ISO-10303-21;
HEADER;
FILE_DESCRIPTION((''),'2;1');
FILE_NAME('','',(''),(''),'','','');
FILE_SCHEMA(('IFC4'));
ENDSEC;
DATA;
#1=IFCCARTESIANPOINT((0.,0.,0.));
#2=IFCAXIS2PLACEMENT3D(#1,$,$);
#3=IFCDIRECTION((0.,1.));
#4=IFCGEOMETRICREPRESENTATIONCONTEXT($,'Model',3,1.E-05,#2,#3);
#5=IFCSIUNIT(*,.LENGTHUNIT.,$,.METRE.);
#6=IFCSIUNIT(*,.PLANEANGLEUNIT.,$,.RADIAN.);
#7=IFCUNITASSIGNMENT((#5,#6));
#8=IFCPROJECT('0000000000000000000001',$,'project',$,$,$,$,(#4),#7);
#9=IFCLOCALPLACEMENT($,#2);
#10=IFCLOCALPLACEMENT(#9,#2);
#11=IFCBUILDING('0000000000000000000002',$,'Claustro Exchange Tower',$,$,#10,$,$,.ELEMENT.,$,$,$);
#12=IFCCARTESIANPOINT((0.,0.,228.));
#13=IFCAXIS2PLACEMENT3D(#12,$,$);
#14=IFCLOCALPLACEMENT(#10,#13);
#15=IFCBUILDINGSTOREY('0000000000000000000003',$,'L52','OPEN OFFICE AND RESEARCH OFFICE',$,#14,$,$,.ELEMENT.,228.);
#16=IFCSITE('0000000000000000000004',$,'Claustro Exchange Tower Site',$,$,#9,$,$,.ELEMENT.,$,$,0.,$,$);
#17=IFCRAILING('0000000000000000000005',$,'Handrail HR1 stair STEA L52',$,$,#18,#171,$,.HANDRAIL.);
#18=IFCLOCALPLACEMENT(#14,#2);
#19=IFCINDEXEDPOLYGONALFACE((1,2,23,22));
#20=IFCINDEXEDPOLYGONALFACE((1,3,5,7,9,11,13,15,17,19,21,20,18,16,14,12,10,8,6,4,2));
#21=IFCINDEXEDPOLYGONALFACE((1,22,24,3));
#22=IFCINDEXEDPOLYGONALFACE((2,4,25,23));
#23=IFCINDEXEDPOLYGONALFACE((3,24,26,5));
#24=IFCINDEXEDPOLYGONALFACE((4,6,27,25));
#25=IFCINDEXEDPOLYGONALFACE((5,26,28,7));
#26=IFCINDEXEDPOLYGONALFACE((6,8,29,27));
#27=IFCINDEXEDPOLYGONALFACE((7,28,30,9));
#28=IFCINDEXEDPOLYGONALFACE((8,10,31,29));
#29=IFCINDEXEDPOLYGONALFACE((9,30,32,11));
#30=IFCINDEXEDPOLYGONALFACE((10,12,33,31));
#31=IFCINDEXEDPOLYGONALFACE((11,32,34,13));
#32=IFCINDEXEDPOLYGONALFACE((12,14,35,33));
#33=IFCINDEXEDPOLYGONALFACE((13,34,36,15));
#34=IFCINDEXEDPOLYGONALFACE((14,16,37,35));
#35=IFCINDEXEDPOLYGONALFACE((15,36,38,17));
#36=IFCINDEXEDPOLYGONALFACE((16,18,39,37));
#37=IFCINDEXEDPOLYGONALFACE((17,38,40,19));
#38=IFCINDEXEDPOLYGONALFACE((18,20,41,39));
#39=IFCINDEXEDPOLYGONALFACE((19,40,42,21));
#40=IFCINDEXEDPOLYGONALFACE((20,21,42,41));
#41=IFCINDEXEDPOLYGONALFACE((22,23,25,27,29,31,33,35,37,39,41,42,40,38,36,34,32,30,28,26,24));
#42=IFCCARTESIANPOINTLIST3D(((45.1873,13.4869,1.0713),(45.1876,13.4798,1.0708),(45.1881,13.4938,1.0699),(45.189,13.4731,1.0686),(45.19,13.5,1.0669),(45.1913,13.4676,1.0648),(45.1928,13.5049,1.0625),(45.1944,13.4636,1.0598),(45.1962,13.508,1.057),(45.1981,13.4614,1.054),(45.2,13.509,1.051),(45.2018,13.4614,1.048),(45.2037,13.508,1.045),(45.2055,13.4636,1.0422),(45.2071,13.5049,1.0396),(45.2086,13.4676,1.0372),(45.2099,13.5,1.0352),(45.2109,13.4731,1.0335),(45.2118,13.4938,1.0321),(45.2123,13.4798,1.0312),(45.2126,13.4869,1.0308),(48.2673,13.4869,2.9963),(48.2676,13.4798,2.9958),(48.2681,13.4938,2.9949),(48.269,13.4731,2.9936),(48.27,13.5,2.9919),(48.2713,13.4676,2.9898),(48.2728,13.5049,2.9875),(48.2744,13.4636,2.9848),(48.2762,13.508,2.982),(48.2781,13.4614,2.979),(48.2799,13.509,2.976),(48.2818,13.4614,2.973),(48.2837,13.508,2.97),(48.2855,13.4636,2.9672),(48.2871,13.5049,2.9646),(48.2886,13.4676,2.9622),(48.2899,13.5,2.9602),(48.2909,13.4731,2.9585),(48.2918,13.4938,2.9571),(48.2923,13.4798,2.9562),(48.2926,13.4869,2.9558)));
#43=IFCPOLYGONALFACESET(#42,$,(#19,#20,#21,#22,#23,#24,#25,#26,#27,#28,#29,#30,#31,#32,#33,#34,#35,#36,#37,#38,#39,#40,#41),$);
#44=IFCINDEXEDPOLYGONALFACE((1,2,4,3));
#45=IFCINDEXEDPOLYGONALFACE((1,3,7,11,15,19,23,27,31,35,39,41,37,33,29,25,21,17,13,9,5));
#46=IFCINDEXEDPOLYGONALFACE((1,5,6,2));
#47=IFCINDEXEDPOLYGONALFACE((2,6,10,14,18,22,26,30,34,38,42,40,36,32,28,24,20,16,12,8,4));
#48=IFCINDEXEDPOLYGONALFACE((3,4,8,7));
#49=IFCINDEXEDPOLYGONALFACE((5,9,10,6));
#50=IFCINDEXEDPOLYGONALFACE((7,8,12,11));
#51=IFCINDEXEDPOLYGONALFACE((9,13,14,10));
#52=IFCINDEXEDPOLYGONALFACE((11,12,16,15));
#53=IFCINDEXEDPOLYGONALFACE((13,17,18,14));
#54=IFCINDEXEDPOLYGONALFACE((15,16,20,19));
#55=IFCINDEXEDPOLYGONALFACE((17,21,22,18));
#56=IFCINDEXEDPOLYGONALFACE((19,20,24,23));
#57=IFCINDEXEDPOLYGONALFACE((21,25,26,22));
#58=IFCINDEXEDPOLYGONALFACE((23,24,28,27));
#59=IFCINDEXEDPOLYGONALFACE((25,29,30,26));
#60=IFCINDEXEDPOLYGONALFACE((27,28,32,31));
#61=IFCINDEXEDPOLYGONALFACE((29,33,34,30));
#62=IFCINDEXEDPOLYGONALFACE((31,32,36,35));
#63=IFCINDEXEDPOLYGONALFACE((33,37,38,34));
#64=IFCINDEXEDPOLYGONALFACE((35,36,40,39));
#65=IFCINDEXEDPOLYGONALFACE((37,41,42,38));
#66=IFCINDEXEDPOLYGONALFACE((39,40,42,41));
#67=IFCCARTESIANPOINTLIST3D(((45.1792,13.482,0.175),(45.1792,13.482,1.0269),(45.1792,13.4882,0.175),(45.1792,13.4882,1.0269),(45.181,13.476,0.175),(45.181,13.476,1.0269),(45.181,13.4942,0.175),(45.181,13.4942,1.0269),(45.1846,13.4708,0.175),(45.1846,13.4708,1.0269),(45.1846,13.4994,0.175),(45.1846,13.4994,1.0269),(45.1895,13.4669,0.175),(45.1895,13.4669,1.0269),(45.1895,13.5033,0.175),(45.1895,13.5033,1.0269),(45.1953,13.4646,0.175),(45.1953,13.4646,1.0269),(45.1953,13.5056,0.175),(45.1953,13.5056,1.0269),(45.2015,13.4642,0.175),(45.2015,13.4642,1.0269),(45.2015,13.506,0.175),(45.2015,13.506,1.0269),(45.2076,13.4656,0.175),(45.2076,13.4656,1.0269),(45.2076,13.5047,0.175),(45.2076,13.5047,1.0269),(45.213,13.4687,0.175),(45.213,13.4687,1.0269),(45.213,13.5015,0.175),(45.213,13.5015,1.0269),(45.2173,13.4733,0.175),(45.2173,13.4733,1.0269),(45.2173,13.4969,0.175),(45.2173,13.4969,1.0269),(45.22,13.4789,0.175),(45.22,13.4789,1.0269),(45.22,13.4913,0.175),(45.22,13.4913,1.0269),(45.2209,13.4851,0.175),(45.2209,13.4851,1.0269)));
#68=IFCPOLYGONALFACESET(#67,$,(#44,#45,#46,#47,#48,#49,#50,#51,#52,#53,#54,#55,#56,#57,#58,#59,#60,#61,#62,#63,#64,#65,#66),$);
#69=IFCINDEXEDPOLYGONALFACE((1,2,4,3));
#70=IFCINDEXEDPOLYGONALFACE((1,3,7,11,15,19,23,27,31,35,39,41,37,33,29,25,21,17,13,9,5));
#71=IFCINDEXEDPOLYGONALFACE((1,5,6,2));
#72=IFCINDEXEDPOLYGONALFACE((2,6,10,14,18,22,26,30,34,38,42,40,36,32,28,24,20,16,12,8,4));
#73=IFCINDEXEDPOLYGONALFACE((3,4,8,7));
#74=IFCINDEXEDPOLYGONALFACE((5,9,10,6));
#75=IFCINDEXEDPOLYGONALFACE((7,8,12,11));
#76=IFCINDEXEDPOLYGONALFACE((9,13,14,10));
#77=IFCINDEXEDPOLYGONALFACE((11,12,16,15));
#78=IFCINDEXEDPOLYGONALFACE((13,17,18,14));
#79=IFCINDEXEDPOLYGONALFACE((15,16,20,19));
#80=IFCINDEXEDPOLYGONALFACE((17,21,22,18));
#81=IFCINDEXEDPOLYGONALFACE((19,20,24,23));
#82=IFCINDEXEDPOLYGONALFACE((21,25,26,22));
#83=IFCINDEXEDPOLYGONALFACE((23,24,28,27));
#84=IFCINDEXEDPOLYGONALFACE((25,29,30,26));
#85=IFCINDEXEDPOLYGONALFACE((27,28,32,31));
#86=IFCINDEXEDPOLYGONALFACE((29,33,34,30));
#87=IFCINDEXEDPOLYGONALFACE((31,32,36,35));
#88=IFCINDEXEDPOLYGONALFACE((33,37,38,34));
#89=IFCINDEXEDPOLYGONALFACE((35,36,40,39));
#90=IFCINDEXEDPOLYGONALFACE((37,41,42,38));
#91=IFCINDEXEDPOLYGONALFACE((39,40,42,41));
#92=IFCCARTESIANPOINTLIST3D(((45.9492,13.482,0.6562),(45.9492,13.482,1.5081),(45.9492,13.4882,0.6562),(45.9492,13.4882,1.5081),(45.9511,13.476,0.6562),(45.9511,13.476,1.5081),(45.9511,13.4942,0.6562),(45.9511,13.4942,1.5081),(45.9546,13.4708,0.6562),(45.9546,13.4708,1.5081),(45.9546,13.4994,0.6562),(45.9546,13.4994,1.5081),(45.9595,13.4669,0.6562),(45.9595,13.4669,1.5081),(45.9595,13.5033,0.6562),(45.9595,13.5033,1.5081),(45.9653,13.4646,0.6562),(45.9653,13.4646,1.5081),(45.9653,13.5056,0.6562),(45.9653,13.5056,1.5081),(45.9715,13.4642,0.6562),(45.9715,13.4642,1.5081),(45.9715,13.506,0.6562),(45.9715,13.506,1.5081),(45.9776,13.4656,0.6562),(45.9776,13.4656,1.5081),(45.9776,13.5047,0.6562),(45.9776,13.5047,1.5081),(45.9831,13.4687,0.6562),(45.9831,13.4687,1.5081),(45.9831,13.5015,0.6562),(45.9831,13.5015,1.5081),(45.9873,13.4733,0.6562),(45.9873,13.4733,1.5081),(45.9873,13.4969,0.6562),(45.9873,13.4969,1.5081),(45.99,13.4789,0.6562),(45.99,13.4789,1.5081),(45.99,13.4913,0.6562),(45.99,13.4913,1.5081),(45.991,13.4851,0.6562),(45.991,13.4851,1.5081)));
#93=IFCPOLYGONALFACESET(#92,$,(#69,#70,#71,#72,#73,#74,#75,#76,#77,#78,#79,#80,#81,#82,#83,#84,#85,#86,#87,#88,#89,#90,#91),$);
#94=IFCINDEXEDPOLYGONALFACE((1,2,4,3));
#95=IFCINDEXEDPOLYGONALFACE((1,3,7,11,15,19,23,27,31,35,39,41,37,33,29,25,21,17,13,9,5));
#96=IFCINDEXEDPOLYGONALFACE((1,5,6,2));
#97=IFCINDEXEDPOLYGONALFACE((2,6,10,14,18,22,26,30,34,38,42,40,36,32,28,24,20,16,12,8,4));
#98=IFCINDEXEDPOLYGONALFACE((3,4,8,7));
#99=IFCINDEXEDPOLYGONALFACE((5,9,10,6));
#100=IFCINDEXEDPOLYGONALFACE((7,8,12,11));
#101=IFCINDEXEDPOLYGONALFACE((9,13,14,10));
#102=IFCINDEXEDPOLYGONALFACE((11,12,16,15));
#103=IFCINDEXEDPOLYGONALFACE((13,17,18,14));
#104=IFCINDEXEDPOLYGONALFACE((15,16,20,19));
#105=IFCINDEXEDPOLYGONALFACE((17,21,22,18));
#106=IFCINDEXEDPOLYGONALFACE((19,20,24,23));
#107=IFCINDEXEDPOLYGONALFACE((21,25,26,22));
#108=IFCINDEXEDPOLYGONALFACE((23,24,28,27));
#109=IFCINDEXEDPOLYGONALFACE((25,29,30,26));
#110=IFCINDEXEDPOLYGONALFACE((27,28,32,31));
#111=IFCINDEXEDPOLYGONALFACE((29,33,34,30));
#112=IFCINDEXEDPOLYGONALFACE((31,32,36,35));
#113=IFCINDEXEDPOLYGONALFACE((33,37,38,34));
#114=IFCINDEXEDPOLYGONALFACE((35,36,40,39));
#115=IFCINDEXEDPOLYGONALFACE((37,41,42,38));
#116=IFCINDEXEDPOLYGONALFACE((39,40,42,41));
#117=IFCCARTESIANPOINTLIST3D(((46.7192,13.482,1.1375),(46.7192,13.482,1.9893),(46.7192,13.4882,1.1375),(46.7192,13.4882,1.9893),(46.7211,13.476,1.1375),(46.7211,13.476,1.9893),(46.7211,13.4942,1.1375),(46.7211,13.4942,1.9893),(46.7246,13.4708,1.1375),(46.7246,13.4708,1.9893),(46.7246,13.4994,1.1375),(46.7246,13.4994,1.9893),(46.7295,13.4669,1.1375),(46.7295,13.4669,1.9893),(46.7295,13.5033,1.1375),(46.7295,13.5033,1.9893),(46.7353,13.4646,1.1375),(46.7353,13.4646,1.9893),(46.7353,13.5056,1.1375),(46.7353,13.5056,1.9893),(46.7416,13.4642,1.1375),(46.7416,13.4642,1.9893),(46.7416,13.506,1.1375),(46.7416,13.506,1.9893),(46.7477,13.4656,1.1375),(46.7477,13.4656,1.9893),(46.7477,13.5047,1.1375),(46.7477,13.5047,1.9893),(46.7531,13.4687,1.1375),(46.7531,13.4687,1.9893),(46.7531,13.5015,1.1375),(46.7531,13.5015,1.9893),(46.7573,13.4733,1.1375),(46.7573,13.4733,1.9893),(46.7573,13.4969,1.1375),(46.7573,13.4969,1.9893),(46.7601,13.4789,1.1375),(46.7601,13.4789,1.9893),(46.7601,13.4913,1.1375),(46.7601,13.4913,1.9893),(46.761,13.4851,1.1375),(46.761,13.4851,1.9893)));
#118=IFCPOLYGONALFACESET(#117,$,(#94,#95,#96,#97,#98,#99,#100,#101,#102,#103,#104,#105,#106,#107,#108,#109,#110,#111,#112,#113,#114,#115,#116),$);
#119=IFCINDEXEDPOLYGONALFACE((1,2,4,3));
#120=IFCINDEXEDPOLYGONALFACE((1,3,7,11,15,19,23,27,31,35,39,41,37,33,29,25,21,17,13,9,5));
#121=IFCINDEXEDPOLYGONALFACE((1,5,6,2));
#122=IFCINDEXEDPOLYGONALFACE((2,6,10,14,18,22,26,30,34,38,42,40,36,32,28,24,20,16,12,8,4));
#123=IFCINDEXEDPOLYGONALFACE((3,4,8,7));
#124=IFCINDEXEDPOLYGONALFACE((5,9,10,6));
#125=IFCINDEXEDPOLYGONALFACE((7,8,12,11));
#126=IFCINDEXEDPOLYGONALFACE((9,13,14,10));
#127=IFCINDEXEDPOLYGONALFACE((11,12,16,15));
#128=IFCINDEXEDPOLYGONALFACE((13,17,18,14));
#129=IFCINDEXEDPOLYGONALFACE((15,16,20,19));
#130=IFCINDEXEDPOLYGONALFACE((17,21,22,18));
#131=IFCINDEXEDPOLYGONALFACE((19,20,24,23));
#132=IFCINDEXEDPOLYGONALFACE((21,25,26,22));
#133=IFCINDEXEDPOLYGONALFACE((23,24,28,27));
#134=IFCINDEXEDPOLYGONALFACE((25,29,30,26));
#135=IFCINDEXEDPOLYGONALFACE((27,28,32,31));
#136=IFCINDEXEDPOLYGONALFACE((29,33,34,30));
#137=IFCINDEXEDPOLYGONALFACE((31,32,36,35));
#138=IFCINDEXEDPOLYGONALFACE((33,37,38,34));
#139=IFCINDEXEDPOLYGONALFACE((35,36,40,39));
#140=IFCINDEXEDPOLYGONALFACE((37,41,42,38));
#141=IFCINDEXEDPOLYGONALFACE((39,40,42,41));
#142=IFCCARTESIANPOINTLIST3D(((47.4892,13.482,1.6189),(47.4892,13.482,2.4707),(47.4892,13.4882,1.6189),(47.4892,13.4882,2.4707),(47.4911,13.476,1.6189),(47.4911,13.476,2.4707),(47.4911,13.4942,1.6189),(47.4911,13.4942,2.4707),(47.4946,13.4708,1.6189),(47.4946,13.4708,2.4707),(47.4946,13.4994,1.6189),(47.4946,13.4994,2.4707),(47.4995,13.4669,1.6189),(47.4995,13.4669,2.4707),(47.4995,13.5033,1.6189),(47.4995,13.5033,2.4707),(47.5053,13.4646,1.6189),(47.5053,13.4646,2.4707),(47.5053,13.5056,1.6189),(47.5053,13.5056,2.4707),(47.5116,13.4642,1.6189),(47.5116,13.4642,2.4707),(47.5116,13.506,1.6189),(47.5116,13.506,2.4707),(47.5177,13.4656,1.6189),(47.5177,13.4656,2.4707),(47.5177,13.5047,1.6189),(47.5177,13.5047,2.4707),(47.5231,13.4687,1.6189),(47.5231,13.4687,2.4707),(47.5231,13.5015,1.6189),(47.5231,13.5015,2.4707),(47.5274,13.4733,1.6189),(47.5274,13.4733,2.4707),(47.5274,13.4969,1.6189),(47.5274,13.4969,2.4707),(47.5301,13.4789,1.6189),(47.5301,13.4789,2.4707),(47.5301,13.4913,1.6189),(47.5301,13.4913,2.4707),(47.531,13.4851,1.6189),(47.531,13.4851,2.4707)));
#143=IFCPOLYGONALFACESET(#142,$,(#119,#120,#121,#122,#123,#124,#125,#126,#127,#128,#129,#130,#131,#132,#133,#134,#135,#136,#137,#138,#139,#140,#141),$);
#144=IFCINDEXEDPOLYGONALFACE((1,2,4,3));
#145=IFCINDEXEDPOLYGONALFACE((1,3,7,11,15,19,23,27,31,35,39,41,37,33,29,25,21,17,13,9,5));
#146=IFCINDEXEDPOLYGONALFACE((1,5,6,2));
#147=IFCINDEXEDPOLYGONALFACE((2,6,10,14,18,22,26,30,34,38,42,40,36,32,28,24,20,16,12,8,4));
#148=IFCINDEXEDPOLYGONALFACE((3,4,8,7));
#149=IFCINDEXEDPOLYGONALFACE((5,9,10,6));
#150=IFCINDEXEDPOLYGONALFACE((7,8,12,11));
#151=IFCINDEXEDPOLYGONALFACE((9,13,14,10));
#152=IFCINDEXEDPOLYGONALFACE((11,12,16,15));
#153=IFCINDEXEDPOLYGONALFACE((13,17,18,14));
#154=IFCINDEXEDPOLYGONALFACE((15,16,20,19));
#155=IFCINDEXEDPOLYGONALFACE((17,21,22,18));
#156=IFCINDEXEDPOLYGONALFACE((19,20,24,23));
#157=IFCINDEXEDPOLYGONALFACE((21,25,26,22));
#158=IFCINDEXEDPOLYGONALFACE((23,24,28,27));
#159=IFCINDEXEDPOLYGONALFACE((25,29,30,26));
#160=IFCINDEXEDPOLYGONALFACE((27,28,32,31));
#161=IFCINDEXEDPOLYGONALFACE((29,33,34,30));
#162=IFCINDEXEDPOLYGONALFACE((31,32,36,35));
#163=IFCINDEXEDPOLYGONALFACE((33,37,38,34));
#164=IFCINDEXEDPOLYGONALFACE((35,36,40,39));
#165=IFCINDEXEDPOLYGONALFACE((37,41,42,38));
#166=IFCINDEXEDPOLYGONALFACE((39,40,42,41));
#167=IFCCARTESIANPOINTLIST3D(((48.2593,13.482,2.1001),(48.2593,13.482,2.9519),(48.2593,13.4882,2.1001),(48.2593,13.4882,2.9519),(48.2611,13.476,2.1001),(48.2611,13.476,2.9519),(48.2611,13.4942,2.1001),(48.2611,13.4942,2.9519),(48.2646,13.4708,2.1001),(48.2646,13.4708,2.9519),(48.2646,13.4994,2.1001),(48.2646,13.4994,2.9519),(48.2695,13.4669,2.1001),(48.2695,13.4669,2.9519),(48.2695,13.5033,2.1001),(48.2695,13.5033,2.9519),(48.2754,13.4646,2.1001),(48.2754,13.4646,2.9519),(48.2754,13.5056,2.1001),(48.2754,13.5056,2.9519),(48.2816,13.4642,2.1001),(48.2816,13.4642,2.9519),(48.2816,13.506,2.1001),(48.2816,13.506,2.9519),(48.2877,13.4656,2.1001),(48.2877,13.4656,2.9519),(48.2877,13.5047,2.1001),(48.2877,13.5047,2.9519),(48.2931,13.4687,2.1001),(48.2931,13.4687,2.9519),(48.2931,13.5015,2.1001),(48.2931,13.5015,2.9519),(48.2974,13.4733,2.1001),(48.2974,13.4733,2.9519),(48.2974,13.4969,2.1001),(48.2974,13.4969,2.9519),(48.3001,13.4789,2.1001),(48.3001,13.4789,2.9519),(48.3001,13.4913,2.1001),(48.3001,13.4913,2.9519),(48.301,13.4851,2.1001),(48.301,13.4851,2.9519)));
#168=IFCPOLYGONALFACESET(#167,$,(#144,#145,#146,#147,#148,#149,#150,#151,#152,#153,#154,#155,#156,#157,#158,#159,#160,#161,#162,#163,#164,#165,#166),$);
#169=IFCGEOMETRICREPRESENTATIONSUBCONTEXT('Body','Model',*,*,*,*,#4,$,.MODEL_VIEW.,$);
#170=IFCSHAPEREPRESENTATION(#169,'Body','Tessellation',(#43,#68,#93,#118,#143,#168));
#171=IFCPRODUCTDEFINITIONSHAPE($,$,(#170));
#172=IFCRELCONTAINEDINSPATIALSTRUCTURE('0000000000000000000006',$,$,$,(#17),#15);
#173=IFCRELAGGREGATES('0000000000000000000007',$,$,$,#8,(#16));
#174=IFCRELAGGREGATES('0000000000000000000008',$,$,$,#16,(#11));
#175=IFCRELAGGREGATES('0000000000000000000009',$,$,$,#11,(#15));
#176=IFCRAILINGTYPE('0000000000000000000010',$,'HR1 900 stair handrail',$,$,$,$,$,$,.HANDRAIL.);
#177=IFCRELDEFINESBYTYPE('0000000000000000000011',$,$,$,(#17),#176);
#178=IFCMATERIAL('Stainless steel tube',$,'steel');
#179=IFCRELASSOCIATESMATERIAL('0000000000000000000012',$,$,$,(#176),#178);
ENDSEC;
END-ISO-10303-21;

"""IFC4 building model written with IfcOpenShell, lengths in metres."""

from ifc_helpers import new_model, si_unit, direction, frame, origin, origin_2d, place, context, subcontext, project, spatial, circle, extrude, material, type_object, element, save


model = new_model("IFC4")

# Units and contexts
model_context = context("Model", 3, precision=1e-05, world=origin(), true_north=direction((0.0, 1.0)))
body_context = subcontext(model_context, "Body", "Model", "MODEL_VIEW")
ifc_project = project(units=[si_unit("LENGTHUNIT", "METRE"), si_unit("PLANEANGLEUNIT", "RADIAN")], contexts=[model_context])

# Site, building, storey
site_placement = place(None, origin())
site = spatial("IfcSite", under=ifc_project, at=site_placement, Name="Claustro Exchange Tower Site", CompositionType="ELEMENT", RefElevation=0.0)
building_placement = place(site_placement, origin())
building = spatial("IfcBuilding", under=site, at=building_placement, Name="Claustro Exchange Tower", CompositionType="ELEMENT")
storey_placement = place(building_placement, frame((0.0, 0.0, 228.0)))
storey = spatial("IfcBuildingStorey", under=building, at=storey_placement, Name="L52", Description="OPEN OFFICE AND RESEARCH OFFICE", CompositionType="ELEMENT", Elevation=228.0)

# Railing
ifc_material_1 = material(Name="Stainless steel tube", Category="steel")
railing_type = type_object("IfcRailingType", Name="HR1 900 stair handrail", PredefinedType="HANDRAIL", material=ifc_material_1)
railing_placement = place(storey_placement, frame((45.2, 13.4851, 0.175)))
element("IfcRailing", 1, at=railing_placement, inside=storey, type_object=railing_type, Name="Handrail HR1 stair STEA L52", PredefinedType="HANDRAIL", context=body_context, shape_type="SweptSolid", body=[
    extrude(circle(Radius=0.0239, at=origin_2d()), frame((0.0, 0.0, 0.876), z_axis=(0.847998, 0.0, 0.529999), x_axis=(0.0, 1.0, 0.0)), (0.0, 0.0, 1.0), 3.6321),
    extrude(circle(Radius=0.021, at=origin_2d()), origin(), (0.0, 0.0, 1.0), 0.8518),
    extrude(circle(Radius=0.021, at=origin_2d()), frame((0.77, 0.0, 0.4812)), (0.0, 0.0, 1.0), 0.8518),
    extrude(circle(Radius=0.021, at=origin_2d()), frame((1.54, 0.0, 0.9624)), (0.0, 0.0, 1.0), 0.8518),
    extrude(circle(Radius=0.021, at=origin_2d()), frame((2.3101, 0.0, 1.4438)), (0.0, 0.0, 1.0), 0.8518),
    extrude(circle(Radius=0.021, at=origin_2d()), frame((3.0801, 0.0, 1.925)), (0.0, 0.0, 1.0), 0.8518),
])

save(model, "model.ifc")
